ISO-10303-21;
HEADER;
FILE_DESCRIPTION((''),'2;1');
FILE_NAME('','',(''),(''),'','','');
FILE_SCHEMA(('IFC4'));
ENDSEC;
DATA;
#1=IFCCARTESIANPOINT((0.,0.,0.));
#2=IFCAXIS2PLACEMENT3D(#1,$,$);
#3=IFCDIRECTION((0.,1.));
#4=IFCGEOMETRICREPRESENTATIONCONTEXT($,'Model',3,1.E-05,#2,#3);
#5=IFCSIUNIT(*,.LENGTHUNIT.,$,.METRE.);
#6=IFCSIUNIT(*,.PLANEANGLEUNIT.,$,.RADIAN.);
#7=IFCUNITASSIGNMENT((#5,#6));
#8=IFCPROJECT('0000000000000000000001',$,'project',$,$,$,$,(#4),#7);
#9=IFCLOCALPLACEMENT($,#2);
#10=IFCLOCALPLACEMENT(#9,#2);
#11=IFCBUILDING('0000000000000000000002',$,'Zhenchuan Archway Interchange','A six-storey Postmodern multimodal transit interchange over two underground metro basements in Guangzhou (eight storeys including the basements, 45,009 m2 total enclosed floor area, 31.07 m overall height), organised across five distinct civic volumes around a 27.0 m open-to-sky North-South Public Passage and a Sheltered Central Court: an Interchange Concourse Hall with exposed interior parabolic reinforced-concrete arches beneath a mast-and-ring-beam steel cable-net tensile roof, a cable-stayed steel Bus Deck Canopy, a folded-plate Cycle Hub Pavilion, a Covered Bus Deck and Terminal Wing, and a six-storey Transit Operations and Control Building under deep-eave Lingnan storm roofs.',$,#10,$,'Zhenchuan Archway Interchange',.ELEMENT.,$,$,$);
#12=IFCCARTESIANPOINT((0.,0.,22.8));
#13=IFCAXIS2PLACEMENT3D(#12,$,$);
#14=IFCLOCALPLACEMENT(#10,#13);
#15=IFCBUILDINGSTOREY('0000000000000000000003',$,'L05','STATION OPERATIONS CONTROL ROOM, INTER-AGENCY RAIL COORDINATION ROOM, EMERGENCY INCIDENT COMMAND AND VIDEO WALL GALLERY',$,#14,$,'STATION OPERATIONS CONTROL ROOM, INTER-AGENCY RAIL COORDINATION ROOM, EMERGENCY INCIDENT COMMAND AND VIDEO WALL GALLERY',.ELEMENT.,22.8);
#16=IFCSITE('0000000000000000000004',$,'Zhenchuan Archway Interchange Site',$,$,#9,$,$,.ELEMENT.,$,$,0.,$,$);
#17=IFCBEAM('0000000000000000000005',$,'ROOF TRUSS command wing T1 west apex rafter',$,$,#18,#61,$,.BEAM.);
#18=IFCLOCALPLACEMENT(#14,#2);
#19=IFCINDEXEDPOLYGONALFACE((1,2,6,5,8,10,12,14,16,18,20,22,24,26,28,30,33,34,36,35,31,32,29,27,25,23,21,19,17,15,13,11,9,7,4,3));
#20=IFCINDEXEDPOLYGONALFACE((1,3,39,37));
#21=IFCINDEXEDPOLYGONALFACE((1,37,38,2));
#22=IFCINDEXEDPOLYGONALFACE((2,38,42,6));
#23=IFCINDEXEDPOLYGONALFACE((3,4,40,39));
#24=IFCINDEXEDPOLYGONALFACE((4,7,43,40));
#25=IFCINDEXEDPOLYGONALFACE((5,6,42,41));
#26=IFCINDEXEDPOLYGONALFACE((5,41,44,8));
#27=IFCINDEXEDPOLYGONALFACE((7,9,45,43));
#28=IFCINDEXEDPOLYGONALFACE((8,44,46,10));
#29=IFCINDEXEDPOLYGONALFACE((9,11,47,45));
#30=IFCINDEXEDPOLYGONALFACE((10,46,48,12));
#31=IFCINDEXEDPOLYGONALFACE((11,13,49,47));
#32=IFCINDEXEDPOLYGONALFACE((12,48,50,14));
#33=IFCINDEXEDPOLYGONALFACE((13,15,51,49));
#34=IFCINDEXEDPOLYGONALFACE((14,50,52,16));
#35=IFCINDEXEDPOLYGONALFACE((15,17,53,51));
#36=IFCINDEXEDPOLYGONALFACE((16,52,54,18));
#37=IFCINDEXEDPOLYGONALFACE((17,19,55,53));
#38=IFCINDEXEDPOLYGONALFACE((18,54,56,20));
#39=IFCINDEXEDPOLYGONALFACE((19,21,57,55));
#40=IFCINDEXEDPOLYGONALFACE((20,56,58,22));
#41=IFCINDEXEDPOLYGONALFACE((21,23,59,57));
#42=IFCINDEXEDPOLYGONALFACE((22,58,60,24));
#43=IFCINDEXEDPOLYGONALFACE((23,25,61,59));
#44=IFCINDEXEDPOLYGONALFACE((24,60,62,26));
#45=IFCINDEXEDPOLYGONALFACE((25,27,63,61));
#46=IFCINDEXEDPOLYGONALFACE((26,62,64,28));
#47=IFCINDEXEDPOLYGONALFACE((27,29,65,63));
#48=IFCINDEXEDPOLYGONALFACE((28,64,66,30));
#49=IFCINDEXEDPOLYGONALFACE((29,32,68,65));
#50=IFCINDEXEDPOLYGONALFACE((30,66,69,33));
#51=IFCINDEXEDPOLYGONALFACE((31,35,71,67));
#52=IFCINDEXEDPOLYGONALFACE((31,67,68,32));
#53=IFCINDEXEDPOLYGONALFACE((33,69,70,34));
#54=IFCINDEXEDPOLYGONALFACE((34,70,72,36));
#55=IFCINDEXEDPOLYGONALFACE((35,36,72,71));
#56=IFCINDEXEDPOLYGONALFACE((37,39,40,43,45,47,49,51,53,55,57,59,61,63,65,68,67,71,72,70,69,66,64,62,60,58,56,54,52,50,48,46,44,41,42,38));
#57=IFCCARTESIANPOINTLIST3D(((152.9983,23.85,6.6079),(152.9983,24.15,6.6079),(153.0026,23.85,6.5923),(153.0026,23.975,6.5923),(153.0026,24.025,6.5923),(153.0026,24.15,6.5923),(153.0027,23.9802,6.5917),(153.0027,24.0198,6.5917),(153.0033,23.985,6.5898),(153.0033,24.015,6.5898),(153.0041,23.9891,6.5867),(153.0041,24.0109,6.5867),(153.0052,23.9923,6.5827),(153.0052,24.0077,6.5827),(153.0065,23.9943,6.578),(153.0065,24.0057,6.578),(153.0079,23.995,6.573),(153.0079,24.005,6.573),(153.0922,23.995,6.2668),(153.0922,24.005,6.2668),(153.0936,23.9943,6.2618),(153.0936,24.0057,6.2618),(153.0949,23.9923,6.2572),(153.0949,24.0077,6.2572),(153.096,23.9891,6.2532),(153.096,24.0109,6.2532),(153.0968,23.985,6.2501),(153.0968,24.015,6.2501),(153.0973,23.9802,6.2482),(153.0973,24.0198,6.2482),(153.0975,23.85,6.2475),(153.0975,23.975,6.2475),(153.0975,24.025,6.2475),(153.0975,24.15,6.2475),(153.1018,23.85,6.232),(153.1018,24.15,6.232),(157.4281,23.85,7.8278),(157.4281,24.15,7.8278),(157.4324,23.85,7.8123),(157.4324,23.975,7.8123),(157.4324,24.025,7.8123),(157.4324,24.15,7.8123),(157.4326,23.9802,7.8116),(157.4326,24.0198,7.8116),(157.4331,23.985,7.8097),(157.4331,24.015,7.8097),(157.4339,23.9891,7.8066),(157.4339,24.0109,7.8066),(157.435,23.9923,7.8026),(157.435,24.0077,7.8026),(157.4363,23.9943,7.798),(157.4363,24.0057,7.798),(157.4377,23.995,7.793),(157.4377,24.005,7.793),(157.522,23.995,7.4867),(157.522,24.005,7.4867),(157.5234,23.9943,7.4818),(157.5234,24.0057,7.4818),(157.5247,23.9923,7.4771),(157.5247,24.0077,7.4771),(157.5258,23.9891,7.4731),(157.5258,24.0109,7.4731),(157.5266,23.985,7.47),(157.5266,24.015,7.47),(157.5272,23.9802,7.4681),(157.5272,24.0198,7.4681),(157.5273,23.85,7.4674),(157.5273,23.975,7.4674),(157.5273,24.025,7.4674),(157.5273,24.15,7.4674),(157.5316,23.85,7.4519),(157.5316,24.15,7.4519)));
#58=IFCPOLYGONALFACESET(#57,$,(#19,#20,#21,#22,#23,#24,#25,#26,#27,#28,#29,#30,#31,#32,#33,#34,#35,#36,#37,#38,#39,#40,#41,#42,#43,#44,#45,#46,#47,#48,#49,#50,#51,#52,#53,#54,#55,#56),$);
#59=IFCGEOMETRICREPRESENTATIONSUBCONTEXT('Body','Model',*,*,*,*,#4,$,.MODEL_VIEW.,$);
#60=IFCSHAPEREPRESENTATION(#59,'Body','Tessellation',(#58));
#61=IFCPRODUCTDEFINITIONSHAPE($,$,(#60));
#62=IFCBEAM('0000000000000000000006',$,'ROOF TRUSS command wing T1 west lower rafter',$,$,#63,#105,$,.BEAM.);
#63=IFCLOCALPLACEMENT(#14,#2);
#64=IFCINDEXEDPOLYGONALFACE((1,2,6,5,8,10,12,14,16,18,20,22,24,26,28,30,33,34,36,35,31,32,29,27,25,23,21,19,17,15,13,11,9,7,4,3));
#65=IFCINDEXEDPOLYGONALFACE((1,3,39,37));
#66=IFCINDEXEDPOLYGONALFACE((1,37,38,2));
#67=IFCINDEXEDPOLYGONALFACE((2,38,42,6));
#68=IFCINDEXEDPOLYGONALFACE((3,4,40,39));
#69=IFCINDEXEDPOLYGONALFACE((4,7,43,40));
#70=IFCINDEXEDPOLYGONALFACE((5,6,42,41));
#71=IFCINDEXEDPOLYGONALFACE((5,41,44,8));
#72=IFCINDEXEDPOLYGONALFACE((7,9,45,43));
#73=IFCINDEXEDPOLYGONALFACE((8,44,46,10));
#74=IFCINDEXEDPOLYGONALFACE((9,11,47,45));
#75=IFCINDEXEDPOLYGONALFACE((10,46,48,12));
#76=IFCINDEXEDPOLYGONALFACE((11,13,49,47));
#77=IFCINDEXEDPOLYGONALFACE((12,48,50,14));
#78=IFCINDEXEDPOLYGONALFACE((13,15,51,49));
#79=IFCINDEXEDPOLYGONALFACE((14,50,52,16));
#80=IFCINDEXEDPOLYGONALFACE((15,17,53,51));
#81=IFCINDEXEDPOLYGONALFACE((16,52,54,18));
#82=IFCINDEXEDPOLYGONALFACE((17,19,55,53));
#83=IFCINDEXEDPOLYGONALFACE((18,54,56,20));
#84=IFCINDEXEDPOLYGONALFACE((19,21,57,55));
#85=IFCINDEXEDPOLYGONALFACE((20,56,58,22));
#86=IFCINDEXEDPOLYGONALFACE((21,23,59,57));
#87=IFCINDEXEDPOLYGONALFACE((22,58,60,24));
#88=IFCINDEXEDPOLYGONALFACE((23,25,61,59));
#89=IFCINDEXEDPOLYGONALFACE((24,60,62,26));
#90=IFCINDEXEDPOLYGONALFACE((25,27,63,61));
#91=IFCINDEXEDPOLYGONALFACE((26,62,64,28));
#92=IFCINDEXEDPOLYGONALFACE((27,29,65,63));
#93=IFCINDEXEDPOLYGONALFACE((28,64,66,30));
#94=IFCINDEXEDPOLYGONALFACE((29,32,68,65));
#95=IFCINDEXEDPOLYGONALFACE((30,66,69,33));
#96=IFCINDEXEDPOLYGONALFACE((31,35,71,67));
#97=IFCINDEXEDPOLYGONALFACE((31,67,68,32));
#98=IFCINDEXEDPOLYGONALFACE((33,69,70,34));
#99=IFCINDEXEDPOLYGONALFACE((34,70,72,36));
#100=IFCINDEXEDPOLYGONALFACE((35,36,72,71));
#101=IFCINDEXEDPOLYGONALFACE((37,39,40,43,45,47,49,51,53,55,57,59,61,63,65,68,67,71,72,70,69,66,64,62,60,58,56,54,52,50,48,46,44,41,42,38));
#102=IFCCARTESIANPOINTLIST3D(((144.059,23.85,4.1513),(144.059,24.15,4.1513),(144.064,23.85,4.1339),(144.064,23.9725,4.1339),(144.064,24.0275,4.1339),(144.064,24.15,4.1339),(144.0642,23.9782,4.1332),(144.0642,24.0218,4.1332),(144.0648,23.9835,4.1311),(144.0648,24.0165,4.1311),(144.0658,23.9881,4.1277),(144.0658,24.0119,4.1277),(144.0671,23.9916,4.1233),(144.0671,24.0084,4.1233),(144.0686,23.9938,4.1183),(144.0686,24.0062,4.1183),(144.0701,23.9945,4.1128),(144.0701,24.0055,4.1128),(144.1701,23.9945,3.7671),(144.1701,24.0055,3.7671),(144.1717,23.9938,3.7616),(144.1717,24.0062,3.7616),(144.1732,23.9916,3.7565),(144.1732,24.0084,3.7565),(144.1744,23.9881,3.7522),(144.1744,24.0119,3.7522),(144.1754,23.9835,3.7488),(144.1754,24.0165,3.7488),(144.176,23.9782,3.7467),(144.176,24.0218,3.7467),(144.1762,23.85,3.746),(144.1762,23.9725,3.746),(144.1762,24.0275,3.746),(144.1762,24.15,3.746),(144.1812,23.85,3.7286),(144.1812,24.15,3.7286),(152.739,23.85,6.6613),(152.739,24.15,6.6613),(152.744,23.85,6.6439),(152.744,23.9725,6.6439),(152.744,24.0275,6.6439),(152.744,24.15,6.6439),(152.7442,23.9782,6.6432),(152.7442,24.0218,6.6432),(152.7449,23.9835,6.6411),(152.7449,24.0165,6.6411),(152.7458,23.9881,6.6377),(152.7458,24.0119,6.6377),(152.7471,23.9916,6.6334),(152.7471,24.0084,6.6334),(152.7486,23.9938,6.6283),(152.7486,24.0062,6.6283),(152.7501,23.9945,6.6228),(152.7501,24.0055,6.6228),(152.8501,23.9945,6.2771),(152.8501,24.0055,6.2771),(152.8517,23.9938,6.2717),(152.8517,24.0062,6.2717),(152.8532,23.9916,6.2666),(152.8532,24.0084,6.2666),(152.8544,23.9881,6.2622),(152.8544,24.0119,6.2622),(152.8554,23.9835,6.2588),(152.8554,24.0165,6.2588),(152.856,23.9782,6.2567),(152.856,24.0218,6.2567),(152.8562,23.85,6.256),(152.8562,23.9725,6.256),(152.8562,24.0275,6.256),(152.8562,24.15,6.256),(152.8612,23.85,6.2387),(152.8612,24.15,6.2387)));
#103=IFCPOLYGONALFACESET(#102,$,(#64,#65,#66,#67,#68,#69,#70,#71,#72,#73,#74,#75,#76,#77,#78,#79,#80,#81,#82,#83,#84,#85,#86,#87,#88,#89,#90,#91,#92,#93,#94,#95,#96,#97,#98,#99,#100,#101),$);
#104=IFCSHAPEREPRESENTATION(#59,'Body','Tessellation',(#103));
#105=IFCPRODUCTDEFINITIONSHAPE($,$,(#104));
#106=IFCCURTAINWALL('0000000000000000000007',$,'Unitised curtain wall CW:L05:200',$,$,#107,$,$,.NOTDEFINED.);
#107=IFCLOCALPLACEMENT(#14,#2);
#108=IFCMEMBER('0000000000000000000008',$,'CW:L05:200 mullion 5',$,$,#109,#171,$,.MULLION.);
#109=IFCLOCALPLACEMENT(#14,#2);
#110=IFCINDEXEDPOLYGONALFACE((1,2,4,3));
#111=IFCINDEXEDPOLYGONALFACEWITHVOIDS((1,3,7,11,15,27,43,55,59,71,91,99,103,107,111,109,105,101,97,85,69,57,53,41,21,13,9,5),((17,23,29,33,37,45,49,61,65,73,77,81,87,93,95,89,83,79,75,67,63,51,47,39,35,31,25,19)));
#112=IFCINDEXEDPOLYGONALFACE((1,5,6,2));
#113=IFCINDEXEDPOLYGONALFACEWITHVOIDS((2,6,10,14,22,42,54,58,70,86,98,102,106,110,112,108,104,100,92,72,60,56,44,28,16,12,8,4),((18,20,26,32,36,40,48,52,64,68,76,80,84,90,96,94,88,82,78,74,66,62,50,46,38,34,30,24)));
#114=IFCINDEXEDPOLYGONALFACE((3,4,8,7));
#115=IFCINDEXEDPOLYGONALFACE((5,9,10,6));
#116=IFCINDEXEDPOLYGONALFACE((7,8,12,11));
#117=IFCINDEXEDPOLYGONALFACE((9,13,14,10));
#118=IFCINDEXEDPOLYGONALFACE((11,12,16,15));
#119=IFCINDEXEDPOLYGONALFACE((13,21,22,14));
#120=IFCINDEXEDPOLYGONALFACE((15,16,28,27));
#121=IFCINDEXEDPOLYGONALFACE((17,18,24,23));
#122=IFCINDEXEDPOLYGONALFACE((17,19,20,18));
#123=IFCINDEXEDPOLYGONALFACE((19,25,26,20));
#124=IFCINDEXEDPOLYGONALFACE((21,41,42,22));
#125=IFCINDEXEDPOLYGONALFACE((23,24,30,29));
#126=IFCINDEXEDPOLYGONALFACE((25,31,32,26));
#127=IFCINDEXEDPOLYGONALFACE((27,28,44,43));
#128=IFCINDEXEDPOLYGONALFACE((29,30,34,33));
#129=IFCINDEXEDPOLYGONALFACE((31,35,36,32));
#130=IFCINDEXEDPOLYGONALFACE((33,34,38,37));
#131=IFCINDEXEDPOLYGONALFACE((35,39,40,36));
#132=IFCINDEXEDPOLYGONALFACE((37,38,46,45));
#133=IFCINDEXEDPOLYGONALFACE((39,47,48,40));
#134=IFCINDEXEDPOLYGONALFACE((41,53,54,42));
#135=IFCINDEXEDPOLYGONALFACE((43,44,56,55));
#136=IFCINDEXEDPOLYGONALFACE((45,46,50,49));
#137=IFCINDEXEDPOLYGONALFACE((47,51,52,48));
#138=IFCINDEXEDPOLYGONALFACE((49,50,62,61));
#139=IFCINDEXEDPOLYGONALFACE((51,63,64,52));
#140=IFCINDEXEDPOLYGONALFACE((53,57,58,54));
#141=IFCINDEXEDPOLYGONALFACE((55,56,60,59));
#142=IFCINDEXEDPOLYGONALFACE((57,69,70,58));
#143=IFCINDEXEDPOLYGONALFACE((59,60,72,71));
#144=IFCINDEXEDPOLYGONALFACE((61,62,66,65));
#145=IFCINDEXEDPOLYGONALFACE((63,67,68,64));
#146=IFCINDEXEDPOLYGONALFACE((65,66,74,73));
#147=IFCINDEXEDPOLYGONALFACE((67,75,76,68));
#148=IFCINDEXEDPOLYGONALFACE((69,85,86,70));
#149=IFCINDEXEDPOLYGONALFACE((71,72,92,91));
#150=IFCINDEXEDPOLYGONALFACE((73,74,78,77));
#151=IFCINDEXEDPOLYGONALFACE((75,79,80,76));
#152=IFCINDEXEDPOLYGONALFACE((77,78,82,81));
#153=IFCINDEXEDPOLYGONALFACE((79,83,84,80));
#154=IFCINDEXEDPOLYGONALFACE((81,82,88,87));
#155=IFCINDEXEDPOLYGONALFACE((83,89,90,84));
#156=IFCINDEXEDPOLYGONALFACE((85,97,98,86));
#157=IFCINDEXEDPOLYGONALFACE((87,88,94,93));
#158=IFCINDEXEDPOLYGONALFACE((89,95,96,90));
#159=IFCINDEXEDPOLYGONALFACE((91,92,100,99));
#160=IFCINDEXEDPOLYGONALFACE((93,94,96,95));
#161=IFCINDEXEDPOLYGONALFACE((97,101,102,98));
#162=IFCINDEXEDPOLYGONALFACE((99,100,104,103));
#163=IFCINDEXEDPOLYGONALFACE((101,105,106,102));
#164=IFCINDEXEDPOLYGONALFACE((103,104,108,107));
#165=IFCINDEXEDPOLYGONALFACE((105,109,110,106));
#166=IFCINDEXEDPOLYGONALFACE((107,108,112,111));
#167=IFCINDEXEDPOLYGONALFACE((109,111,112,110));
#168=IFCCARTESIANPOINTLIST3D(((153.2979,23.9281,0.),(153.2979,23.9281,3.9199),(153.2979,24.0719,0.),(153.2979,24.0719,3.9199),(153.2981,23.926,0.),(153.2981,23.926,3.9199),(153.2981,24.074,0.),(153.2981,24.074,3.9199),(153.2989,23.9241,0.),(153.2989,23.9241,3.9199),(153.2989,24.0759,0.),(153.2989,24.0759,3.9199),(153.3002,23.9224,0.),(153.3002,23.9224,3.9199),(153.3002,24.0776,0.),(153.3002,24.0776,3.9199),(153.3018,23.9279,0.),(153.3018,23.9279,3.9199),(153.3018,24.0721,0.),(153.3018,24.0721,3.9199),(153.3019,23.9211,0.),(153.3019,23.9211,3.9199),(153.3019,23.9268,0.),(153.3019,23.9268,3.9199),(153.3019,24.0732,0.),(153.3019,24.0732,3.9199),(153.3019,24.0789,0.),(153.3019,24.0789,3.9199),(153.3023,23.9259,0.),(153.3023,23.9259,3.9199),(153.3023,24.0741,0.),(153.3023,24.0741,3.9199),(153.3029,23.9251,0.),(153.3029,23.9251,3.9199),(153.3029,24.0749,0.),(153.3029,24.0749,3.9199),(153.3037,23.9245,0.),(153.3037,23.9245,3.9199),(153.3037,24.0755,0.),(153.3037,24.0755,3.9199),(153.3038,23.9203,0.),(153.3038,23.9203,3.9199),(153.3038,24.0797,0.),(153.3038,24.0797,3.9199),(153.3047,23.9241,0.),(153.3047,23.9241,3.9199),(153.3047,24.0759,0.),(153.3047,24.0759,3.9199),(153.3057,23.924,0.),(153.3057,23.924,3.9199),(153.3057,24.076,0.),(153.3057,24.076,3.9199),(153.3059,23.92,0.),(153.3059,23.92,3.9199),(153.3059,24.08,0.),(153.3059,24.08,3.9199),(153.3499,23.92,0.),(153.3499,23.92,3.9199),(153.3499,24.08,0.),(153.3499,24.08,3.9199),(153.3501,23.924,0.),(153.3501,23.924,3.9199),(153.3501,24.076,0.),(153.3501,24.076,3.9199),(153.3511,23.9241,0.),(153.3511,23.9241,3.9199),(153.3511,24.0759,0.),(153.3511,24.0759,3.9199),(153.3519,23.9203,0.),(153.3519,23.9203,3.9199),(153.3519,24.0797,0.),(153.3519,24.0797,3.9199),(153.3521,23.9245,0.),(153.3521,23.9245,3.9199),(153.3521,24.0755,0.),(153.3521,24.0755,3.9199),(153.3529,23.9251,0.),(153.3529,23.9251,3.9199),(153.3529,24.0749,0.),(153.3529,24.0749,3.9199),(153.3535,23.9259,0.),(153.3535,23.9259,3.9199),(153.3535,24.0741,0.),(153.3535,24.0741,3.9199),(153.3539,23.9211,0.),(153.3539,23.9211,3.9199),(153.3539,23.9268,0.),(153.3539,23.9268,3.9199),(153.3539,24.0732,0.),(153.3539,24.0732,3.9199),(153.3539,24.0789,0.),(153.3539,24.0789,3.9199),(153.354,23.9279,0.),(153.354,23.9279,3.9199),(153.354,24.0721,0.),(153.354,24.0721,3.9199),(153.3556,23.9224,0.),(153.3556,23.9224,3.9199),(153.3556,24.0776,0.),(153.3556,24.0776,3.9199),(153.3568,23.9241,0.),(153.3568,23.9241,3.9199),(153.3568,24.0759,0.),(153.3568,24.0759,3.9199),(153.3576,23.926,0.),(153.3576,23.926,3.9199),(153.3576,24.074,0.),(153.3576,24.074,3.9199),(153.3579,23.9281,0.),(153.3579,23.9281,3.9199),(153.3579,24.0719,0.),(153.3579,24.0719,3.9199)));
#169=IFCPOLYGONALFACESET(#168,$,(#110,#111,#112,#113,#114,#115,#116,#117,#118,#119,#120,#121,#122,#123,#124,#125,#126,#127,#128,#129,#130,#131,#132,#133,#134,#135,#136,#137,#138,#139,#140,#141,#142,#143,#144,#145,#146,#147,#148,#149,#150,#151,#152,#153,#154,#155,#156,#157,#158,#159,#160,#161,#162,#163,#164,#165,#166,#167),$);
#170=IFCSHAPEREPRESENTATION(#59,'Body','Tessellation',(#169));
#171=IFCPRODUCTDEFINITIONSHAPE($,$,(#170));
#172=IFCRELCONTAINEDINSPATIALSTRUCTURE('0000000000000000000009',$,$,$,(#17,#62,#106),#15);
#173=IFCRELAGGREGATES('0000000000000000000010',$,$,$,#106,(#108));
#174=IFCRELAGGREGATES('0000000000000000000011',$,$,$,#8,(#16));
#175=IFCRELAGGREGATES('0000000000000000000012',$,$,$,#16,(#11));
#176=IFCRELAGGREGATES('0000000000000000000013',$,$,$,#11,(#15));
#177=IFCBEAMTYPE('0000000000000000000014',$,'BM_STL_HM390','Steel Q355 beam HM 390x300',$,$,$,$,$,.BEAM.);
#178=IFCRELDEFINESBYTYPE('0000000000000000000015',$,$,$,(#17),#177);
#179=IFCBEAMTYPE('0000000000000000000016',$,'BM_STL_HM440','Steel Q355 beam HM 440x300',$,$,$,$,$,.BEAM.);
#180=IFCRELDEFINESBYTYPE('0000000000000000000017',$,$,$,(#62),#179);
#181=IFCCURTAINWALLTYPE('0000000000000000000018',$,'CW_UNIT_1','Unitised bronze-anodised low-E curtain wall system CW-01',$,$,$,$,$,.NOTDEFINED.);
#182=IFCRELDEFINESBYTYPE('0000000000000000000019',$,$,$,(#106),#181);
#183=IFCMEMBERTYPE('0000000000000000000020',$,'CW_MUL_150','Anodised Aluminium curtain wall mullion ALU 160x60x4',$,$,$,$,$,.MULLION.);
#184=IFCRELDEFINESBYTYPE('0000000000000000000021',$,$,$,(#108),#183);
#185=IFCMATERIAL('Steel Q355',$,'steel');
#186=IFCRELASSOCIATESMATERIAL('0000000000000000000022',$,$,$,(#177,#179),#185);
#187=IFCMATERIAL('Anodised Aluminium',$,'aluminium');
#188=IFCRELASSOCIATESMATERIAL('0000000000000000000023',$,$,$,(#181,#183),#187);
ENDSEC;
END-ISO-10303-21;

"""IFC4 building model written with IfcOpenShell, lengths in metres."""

from ifc_helpers import new_model, si_unit, direction, frame, origin, origin_2d, place, context, subcontext, project, spatial, hollow_rectangle, i_section, extrude, material, material_profile, profile_set, type_object, element, aggregate, save


model = new_model("IFC4")

# Units and contexts
model_context = context("Model", 3, precision=1e-05, world=origin(), true_north=direction((0.0, 1.0)))
body_context = subcontext(model_context, "Body", "Model", "MODEL_VIEW")
ifc_project = project(units=[si_unit("LENGTHUNIT", "METRE"), si_unit("PLANEANGLEUNIT", "RADIAN")], contexts=[model_context])

# Site, building, storey
site_placement = place(None, origin())
site = spatial("IfcSite", under=ifc_project, at=site_placement, Name="Zhenchuan Archway Interchange Site", CompositionType="ELEMENT", RefElevation=0.0)
building_placement = place(site_placement, origin())
building = spatial("IfcBuilding", under=site, at=building_placement, Name="Zhenchuan Archway Interchange", Description="A six-storey Postmodern multimodal transit interchange over two underground metro basements in Guangzhou (eight storeys including the basements, 45,009 m2 total enclosed floor area, 31.07 m overall height), organised across five distinct civic volumes around a 27.0 m open-to-sky North-South Public Passage and a Sheltered Central Court: an Interchange Concourse Hall with exposed interior parabolic reinforced-concrete arches beneath a mast-and-ring-beam steel cable-net tensile roof, a cable-stayed steel Bus Deck Canopy, a folded-plate Cycle Hub Pavilion, a Covered Bus Deck and Terminal Wing, and a six-storey Transit Operations and Control Building under deep-eave Lingnan storm roofs.", LongName="Zhenchuan Archway Interchange", CompositionType="ELEMENT")
storey_placement = place(building_placement, frame((0.0, 0.0, 22.8)))
storey = spatial("IfcBuildingStorey", under=building, at=storey_placement, Name="L05", Description="STATION OPERATIONS CONTROL ROOM, INTER-AGENCY RAIL COORDINATION ROOM, EMERGENCY INCIDENT COMMAND AND VIDEO WALL GALLERY", LongName="STATION OPERATIONS CONTROL ROOM, INTER-AGENCY RAIL COORDINATION ROOM, EMERGENCY INCIDENT COMMAND AND VIDEO WALL GALLERY", CompositionType="ELEMENT", Elevation=22.8)

# Shared definitions
ifc_material_1 = material(Name="Steel Q355", Category="steel")

# Beams
ifc_material_profile_1 = material_profile(ifc_material_1, i_section(OverallWidth=0.3, OverallDepth=0.3899, WebThickness=0.01, FlangeThickness=0.0161, FilletRadius=0.02, at=origin_2d()), Name="HM 390x300")
ifc_profile_set_1 = profile_set([ifc_material_profile_1], Name="Steel Q355")
beam_type_1 = type_object("IfcBeamType", Name="BM_STL_HM390", Description="Steel Q355 beam HM 390x300", PredefinedType="BEAM", material=ifc_profile_set_1)
beam_1_placement = place(storey_placement, frame((153.05, 24.0, 6.4199), z_axis=(0.964109, 0.0, 0.265508), x_axis=(0.0, 1.0, 0.0)))
element("IfcBeam", 1, at=beam_1_placement, inside=storey, type_object=beam_type_1, Name="ROOF TRUSS command wing T1 west apex rafter", PredefinedType="BEAM", context=body_context, shape_type="SweptSolid", body=[
    extrude(i_section(OverallWidth=0.3, OverallDepth=0.3899, WebThickness=0.01, FlangeThickness=0.0161, FilletRadius=0.02, at=origin_2d()), origin(), (0.0, 0.0, 1.0), 4.5947),
])
ifc_material_profile_2 = material_profile(ifc_material_1, i_section(OverallWidth=0.3, OverallDepth=0.4399, WebThickness=0.011, FlangeThickness=0.0181, FilletRadius=0.022, at=origin_2d()), Name="HM 440x300")
ifc_profile_set_2 = profile_set([ifc_material_profile_2], Name="Steel Q355")
beam_type_2 = type_object("IfcBeamType", Name="BM_STL_HM440", Description="Steel Q355 beam HM 440x300", PredefinedType="BEAM", material=ifc_profile_set_2)
beam_2_placement = place(storey_placement, frame((144.1201, 24.0, 3.9399), z_axis=(0.960641, 0.0, 0.277792), x_axis=(0.0, 1.0, 0.0)))
element("IfcBeam", 2, at=beam_2_placement, inside=storey, type_object=beam_type_2, Name="ROOF TRUSS command wing T1 west lower rafter", PredefinedType="BEAM", context=body_context, shape_type="SweptSolid", body=[
    extrude(i_section(OverallWidth=0.3, OverallDepth=0.4399, WebThickness=0.011, FlangeThickness=0.0181, FilletRadius=0.022, at=origin_2d()), origin(), (0.0, 0.0, 1.0), 9.0356),
])

# Curtain wall, member
ifc_material_2 = material(Name="Anodised Aluminium", Category="aluminium")
curtain_wall_type = type_object("IfcCurtainWallType", Name="CW_UNIT_1", Description="Unitised bronze-anodised low-E curtain wall system CW-01", PredefinedType="NOTDEFINED", material=ifc_material_2)
curtain_wall_placement = place(storey_placement, origin())
curtain_wall = element("IfcCurtainWall", 3, at=curtain_wall_placement, inside=storey, type_object=curtain_wall_type, Name="Unitised curtain wall CW:L05:200", PredefinedType="NOTDEFINED")
ifc_material_profile_3 = material_profile(ifc_material_2, hollow_rectangle(XDim=0.0601, YDim=0.1599, WallThickness=0.0039, InnerFilletRadius=0.0039, OuterFilletRadius=0.0081, at=origin_2d()), Name="ALU 160x60x4")
ifc_profile_set_3 = profile_set([ifc_material_profile_3], Name="Anodised Aluminium")
member_type_1 = type_object("IfcMemberType", Name="CW_MUL_150", Description="Anodised Aluminium curtain wall mullion ALU 160x60x4", PredefinedType="MULLION", material=ifc_profile_set_3)
member_1_placement = place(storey_placement, frame((153.3279, 24.0, 0.0), z_axis=(0.0, 0.0, 1.0), x_axis=(1.0, 0.0, 0.0)))
member_1 = element("IfcMember", 4, at=member_1_placement, type_object=member_type_1, Name="CW:L05:200 mullion 5", PredefinedType="MULLION", context=body_context, shape_type="SweptSolid", body=[
    extrude(hollow_rectangle(XDim=0.0601, YDim=0.1599, WallThickness=0.0039, InnerFilletRadius=0.0039, OuterFilletRadius=0.0081, at=origin_2d()), origin(), (0.0, 0.0, 1.0), 3.9199),
])

aggregate(curtain_wall, [member_1])

save(model, "model.ifc")
